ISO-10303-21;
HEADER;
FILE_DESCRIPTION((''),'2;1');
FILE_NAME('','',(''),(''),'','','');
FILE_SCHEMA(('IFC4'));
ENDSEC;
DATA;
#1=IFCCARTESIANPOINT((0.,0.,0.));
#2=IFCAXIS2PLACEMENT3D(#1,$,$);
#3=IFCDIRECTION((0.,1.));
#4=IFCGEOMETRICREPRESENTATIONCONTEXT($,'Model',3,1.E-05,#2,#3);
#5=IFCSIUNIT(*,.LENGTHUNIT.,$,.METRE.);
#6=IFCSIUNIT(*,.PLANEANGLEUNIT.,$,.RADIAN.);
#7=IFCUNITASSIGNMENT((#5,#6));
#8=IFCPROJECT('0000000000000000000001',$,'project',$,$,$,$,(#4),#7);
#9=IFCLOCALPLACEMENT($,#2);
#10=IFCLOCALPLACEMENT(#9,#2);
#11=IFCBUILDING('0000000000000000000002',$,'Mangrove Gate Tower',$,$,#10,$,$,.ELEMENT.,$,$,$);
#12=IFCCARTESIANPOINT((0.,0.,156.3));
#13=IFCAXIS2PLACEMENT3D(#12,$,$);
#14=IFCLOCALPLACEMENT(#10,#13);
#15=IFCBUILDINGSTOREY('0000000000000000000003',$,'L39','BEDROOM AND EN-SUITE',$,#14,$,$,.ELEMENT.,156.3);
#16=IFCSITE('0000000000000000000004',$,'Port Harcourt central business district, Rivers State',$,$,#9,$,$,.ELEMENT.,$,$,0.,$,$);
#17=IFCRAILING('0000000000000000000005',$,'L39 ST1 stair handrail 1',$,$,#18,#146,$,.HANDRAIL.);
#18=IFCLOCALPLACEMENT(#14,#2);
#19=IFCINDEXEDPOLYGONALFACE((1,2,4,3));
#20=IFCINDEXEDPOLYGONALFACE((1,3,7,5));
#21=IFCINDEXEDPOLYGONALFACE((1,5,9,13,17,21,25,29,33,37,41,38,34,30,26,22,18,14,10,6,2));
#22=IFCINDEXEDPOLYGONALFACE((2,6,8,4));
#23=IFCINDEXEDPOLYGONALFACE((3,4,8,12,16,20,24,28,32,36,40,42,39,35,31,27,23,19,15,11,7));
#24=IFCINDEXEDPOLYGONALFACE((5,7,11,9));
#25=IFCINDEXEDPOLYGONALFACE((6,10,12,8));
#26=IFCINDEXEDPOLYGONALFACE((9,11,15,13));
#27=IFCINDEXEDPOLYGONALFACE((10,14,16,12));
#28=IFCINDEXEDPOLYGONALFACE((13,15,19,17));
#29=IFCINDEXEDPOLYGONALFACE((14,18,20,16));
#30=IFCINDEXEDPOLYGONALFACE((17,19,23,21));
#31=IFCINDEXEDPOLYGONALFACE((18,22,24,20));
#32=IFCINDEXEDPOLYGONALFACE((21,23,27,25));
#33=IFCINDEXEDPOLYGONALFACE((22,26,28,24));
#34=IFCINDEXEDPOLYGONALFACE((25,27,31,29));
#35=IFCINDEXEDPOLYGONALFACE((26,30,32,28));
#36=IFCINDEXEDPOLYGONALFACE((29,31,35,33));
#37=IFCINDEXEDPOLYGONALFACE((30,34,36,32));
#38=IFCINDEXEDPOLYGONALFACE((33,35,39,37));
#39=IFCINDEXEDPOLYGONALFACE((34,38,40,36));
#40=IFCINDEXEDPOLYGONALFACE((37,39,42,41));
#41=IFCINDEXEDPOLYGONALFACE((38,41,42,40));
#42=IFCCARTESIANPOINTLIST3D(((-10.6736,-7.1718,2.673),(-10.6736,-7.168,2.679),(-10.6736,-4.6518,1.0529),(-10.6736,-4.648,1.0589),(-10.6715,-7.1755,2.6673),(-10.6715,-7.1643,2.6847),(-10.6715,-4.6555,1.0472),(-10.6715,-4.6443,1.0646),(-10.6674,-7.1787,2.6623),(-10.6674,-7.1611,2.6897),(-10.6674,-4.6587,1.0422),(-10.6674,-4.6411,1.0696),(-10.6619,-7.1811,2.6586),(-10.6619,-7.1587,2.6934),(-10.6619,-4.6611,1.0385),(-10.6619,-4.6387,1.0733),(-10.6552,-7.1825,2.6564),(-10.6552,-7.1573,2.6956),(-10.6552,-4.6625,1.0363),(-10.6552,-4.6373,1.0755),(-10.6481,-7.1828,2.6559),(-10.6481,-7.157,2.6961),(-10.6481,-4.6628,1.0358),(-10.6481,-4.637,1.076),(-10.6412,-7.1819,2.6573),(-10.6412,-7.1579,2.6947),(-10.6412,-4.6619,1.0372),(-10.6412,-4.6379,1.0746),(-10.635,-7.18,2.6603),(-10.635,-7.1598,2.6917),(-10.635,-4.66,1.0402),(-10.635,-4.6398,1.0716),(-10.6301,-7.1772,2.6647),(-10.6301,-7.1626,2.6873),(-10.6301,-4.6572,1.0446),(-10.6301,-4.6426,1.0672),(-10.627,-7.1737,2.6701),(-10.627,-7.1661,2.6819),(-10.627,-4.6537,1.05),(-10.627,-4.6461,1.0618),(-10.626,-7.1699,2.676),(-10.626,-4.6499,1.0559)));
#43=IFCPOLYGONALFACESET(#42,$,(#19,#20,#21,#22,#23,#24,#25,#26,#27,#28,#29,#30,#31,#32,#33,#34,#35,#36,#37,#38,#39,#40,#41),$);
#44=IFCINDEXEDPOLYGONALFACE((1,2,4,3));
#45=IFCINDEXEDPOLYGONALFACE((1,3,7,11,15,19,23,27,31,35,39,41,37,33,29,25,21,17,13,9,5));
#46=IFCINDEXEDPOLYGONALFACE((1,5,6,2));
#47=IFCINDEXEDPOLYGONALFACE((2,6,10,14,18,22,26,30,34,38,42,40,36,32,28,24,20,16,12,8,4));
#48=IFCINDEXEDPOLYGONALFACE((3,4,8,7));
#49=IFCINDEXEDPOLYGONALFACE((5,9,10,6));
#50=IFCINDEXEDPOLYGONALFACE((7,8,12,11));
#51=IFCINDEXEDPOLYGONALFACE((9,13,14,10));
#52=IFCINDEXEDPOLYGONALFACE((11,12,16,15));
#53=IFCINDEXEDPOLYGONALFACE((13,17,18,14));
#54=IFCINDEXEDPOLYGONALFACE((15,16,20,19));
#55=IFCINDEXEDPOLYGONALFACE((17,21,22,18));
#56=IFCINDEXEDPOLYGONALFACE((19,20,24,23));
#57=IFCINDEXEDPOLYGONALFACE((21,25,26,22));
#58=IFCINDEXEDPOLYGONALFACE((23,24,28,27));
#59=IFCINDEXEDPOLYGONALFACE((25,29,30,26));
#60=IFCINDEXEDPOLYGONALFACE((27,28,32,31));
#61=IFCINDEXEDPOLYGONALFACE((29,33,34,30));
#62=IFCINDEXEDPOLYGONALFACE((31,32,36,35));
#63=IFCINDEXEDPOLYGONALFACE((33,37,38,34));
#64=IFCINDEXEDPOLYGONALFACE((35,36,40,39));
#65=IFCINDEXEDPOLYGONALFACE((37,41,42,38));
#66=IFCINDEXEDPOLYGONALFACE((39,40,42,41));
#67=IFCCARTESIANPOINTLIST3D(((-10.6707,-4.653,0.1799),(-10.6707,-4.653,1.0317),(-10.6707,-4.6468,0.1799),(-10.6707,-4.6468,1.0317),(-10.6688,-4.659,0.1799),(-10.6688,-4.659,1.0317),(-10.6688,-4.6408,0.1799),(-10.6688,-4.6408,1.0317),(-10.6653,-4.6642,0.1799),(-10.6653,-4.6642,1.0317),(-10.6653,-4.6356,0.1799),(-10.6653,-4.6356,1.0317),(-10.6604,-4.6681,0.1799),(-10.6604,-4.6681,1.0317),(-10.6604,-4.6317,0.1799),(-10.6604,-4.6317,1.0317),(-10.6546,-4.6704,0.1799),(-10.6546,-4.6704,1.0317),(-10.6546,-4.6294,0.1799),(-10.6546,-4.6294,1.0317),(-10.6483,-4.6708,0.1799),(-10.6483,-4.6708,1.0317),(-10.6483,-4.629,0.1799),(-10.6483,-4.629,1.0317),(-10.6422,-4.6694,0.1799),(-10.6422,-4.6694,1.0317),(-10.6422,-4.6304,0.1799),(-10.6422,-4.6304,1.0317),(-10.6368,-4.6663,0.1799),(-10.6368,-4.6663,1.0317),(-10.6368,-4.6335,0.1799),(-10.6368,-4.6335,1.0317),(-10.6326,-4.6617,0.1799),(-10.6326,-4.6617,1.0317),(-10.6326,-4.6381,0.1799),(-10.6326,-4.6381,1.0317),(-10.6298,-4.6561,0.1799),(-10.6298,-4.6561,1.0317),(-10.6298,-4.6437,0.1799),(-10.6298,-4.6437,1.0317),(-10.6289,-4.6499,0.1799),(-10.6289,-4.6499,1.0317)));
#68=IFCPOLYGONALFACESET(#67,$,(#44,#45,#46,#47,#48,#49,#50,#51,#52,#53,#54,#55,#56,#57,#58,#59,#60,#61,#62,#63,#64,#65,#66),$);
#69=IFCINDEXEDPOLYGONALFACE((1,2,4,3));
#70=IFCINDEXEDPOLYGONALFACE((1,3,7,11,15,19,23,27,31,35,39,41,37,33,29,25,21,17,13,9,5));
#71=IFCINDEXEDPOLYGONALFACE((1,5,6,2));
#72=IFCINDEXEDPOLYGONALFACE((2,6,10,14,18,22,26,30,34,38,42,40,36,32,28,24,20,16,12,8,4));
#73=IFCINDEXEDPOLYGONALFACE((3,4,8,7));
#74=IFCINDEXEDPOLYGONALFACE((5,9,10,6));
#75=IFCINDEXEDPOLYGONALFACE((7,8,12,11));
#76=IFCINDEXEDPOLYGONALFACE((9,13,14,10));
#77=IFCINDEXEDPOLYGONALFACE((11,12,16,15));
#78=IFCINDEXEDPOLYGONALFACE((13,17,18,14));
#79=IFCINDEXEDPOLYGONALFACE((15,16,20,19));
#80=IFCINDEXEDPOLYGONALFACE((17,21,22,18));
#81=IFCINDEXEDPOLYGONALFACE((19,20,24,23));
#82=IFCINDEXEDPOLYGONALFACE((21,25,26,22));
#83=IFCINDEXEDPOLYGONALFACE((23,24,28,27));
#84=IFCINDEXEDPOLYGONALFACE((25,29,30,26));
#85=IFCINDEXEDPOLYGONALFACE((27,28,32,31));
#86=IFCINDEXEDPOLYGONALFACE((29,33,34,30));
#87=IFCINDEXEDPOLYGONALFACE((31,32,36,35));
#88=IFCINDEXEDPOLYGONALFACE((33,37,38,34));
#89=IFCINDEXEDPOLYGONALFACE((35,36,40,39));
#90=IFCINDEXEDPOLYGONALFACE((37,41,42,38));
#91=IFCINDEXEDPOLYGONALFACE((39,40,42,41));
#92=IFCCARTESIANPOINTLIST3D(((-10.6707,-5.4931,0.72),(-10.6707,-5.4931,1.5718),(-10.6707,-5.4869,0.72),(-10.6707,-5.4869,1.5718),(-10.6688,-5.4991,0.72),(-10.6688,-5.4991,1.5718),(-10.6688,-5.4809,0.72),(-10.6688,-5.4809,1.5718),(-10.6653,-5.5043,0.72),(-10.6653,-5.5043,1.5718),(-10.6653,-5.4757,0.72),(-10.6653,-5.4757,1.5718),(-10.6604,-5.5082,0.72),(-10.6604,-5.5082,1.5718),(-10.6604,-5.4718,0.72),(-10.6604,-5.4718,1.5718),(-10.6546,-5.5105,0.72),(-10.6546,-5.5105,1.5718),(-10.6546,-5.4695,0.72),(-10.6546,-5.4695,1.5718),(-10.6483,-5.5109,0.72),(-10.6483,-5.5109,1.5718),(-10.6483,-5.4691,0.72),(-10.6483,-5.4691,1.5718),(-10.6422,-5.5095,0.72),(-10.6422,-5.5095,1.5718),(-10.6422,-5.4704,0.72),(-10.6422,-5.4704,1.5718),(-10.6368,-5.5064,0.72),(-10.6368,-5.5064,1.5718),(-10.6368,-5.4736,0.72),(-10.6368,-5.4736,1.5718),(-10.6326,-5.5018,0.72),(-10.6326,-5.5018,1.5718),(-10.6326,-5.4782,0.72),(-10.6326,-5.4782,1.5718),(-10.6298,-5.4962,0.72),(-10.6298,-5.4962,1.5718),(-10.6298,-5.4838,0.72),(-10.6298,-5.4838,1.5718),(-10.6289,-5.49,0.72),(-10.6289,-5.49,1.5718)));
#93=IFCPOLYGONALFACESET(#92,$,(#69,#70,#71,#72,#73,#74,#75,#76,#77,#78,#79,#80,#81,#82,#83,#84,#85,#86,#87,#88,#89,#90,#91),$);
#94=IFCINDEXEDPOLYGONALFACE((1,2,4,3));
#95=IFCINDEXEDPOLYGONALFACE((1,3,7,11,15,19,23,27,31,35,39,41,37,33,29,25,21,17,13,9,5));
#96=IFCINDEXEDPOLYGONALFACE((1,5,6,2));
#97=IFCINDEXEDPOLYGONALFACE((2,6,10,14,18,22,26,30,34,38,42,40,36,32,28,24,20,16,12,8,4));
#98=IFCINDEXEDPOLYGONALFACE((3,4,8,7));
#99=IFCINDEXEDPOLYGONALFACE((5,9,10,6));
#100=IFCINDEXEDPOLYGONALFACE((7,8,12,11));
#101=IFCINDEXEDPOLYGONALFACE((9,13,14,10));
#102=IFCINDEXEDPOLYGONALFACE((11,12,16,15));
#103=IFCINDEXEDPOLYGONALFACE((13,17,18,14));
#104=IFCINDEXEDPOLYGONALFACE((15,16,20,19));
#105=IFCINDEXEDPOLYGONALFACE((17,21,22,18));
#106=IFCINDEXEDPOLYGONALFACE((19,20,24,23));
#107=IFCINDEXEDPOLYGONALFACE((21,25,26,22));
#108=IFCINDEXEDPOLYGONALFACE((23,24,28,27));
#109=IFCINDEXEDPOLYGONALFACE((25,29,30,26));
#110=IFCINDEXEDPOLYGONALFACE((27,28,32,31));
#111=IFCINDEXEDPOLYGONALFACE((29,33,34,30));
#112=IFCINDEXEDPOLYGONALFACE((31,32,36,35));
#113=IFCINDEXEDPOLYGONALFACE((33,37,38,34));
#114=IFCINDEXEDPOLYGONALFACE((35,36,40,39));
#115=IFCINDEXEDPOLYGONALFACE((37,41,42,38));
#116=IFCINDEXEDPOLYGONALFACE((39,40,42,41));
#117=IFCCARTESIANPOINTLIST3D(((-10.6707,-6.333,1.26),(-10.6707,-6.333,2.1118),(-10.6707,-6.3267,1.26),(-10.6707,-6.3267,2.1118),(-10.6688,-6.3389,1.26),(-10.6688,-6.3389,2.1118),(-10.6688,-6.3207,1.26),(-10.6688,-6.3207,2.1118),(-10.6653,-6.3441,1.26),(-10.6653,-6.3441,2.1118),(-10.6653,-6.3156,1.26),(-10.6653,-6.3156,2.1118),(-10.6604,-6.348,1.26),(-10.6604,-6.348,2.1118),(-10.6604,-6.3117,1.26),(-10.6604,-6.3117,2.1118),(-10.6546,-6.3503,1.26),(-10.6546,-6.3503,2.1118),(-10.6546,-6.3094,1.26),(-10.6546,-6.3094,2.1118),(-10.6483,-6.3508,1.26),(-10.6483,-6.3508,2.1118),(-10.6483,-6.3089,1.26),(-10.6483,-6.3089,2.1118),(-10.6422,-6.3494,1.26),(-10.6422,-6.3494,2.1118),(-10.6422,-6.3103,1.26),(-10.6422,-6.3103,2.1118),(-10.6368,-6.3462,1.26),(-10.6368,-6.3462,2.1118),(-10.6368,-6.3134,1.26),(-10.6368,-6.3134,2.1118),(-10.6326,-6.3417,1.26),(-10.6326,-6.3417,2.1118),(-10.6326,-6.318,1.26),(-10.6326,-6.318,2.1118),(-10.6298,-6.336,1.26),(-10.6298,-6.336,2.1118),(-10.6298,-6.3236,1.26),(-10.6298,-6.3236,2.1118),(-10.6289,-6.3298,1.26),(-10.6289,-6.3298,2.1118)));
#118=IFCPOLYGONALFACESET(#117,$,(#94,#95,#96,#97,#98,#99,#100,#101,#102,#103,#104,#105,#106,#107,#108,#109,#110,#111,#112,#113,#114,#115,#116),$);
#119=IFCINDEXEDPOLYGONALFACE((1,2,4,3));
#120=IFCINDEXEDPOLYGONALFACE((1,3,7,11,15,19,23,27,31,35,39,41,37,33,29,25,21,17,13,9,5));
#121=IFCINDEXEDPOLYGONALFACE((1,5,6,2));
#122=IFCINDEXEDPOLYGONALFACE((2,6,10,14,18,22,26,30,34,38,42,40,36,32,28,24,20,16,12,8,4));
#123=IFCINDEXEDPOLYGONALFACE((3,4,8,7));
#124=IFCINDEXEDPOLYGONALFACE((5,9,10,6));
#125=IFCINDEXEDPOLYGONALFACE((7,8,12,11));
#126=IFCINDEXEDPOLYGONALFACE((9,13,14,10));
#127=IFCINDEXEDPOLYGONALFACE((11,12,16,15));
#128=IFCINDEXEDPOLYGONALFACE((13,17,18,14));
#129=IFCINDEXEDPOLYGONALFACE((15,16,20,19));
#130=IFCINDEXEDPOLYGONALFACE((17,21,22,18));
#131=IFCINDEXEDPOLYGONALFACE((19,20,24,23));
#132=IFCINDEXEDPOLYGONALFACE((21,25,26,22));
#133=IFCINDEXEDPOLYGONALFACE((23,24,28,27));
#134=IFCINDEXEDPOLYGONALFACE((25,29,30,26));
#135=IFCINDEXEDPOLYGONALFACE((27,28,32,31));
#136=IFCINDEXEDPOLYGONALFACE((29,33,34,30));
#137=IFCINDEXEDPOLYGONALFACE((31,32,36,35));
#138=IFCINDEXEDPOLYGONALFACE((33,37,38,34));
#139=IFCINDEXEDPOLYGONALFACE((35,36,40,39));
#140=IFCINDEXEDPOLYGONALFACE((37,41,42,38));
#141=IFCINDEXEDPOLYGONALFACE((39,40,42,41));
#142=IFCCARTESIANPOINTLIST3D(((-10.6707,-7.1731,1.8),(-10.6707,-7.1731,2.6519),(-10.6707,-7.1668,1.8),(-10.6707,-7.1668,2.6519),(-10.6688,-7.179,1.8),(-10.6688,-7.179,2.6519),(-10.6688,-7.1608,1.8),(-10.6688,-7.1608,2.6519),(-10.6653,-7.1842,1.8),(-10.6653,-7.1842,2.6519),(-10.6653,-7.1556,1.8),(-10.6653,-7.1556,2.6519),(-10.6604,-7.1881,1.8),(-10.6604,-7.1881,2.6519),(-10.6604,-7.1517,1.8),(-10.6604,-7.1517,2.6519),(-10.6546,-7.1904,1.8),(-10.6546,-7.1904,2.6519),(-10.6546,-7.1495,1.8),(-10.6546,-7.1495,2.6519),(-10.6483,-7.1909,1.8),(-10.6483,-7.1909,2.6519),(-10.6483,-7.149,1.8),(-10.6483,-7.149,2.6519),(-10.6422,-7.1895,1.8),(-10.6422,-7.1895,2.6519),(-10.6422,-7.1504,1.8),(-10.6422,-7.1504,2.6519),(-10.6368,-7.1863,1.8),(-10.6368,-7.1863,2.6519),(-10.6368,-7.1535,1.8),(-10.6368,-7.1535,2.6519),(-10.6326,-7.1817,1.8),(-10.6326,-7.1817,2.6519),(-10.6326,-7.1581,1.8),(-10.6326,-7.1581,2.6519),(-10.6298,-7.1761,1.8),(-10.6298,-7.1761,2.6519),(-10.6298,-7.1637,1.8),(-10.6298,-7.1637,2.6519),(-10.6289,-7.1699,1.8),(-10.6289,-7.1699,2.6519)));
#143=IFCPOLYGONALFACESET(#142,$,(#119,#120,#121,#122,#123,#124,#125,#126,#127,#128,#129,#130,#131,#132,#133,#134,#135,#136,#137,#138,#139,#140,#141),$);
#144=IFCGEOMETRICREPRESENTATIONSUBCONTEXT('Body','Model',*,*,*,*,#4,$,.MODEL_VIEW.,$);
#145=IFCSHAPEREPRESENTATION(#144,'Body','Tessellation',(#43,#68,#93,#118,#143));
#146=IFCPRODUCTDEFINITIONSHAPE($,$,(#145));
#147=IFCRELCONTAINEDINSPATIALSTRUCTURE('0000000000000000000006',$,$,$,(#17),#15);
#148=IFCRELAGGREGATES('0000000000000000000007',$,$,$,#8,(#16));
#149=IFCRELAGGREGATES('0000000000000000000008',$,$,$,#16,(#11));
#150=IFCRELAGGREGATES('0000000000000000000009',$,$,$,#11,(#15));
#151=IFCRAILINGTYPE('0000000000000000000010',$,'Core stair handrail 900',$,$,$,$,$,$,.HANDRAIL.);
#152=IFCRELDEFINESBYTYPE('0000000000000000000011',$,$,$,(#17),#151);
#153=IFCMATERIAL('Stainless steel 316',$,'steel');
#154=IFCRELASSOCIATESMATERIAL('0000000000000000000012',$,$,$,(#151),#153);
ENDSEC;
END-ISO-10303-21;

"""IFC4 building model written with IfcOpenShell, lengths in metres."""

from ifc_helpers import new_model, si_unit, direction, frame, origin, origin_2d, place, context, subcontext, project, spatial, circle, extrude, material, type_object, element, save


model = new_model("IFC4")

# Units and contexts
model_context = context("Model", 3, precision=1e-05, world=origin(), true_north=direction((0.0, 1.0)))
body_context = subcontext(model_context, "Body", "Model", "MODEL_VIEW")
ifc_project = project(units=[si_unit("LENGTHUNIT", "METRE"), si_unit("PLANEANGLEUNIT", "RADIAN")], contexts=[model_context])

# Site, building, storey
site_placement = place(None, origin())
site = spatial("IfcSite", under=ifc_project, at=site_placement, Name="Port Harcourt central business district, Rivers State", CompositionType="ELEMENT", RefElevation=0.0)
building_placement = place(site_placement, origin())
building = spatial("IfcBuilding", under=site, at=building_placement, Name="Mangrove Gate Tower", CompositionType="ELEMENT")
storey_placement = place(building_placement, frame((0.0, 0.0, 156.3)))
storey = spatial("IfcBuildingStorey", under=building, at=storey_placement, Name="L39", Description="BEDROOM AND EN-SUITE", CompositionType="ELEMENT", Elevation=156.3)

# Railing
ifc_material_1 = material(Name="Stainless steel 316", Category="steel")
railing_type_1 = type_object("IfcRailingType", Name="Core stair handrail 900", PredefinedType="HANDRAIL", material=ifc_material_1)
railing_1_placement = place(storey_placement, frame((-10.6499, -4.6499, 0.1799)))
element("IfcRailing", 1, at=railing_1_placement, inside=storey, type_object=railing_type_1, Name="L39 ST1 stair handrail 1", PredefinedType="HANDRAIL", context=body_context, shape_type="SweptSolid", body=[
    extrude(circle(Radius=0.0239, at=origin_2d()), frame((0.0, 0.0, 0.876), z_axis=(0.0, -0.841163, 0.540782), x_axis=(1.0, 0.0, 0.0)), (0.0, 0.0, 1.0), 2.9958),
    extrude(circle(Radius=0.021, at=origin_2d()), origin(), (0.0, 0.0, 1.0), 0.8518),
    extrude(circle(Radius=0.021, at=origin_2d()), frame((0.0, -0.8401, 0.54)), (0.0, 0.0, 1.0), 0.8518),
    extrude(circle(Radius=0.021, at=origin_2d()), frame((0.0, -1.6799, 1.0801)), (0.0, 0.0, 1.0), 0.8518),
    extrude(circle(Radius=0.021, at=origin_2d()), frame((0.0, -2.52, 1.6201)), (0.0, 0.0, 1.0), 0.8518),
])

save(model, "model.ifc")
